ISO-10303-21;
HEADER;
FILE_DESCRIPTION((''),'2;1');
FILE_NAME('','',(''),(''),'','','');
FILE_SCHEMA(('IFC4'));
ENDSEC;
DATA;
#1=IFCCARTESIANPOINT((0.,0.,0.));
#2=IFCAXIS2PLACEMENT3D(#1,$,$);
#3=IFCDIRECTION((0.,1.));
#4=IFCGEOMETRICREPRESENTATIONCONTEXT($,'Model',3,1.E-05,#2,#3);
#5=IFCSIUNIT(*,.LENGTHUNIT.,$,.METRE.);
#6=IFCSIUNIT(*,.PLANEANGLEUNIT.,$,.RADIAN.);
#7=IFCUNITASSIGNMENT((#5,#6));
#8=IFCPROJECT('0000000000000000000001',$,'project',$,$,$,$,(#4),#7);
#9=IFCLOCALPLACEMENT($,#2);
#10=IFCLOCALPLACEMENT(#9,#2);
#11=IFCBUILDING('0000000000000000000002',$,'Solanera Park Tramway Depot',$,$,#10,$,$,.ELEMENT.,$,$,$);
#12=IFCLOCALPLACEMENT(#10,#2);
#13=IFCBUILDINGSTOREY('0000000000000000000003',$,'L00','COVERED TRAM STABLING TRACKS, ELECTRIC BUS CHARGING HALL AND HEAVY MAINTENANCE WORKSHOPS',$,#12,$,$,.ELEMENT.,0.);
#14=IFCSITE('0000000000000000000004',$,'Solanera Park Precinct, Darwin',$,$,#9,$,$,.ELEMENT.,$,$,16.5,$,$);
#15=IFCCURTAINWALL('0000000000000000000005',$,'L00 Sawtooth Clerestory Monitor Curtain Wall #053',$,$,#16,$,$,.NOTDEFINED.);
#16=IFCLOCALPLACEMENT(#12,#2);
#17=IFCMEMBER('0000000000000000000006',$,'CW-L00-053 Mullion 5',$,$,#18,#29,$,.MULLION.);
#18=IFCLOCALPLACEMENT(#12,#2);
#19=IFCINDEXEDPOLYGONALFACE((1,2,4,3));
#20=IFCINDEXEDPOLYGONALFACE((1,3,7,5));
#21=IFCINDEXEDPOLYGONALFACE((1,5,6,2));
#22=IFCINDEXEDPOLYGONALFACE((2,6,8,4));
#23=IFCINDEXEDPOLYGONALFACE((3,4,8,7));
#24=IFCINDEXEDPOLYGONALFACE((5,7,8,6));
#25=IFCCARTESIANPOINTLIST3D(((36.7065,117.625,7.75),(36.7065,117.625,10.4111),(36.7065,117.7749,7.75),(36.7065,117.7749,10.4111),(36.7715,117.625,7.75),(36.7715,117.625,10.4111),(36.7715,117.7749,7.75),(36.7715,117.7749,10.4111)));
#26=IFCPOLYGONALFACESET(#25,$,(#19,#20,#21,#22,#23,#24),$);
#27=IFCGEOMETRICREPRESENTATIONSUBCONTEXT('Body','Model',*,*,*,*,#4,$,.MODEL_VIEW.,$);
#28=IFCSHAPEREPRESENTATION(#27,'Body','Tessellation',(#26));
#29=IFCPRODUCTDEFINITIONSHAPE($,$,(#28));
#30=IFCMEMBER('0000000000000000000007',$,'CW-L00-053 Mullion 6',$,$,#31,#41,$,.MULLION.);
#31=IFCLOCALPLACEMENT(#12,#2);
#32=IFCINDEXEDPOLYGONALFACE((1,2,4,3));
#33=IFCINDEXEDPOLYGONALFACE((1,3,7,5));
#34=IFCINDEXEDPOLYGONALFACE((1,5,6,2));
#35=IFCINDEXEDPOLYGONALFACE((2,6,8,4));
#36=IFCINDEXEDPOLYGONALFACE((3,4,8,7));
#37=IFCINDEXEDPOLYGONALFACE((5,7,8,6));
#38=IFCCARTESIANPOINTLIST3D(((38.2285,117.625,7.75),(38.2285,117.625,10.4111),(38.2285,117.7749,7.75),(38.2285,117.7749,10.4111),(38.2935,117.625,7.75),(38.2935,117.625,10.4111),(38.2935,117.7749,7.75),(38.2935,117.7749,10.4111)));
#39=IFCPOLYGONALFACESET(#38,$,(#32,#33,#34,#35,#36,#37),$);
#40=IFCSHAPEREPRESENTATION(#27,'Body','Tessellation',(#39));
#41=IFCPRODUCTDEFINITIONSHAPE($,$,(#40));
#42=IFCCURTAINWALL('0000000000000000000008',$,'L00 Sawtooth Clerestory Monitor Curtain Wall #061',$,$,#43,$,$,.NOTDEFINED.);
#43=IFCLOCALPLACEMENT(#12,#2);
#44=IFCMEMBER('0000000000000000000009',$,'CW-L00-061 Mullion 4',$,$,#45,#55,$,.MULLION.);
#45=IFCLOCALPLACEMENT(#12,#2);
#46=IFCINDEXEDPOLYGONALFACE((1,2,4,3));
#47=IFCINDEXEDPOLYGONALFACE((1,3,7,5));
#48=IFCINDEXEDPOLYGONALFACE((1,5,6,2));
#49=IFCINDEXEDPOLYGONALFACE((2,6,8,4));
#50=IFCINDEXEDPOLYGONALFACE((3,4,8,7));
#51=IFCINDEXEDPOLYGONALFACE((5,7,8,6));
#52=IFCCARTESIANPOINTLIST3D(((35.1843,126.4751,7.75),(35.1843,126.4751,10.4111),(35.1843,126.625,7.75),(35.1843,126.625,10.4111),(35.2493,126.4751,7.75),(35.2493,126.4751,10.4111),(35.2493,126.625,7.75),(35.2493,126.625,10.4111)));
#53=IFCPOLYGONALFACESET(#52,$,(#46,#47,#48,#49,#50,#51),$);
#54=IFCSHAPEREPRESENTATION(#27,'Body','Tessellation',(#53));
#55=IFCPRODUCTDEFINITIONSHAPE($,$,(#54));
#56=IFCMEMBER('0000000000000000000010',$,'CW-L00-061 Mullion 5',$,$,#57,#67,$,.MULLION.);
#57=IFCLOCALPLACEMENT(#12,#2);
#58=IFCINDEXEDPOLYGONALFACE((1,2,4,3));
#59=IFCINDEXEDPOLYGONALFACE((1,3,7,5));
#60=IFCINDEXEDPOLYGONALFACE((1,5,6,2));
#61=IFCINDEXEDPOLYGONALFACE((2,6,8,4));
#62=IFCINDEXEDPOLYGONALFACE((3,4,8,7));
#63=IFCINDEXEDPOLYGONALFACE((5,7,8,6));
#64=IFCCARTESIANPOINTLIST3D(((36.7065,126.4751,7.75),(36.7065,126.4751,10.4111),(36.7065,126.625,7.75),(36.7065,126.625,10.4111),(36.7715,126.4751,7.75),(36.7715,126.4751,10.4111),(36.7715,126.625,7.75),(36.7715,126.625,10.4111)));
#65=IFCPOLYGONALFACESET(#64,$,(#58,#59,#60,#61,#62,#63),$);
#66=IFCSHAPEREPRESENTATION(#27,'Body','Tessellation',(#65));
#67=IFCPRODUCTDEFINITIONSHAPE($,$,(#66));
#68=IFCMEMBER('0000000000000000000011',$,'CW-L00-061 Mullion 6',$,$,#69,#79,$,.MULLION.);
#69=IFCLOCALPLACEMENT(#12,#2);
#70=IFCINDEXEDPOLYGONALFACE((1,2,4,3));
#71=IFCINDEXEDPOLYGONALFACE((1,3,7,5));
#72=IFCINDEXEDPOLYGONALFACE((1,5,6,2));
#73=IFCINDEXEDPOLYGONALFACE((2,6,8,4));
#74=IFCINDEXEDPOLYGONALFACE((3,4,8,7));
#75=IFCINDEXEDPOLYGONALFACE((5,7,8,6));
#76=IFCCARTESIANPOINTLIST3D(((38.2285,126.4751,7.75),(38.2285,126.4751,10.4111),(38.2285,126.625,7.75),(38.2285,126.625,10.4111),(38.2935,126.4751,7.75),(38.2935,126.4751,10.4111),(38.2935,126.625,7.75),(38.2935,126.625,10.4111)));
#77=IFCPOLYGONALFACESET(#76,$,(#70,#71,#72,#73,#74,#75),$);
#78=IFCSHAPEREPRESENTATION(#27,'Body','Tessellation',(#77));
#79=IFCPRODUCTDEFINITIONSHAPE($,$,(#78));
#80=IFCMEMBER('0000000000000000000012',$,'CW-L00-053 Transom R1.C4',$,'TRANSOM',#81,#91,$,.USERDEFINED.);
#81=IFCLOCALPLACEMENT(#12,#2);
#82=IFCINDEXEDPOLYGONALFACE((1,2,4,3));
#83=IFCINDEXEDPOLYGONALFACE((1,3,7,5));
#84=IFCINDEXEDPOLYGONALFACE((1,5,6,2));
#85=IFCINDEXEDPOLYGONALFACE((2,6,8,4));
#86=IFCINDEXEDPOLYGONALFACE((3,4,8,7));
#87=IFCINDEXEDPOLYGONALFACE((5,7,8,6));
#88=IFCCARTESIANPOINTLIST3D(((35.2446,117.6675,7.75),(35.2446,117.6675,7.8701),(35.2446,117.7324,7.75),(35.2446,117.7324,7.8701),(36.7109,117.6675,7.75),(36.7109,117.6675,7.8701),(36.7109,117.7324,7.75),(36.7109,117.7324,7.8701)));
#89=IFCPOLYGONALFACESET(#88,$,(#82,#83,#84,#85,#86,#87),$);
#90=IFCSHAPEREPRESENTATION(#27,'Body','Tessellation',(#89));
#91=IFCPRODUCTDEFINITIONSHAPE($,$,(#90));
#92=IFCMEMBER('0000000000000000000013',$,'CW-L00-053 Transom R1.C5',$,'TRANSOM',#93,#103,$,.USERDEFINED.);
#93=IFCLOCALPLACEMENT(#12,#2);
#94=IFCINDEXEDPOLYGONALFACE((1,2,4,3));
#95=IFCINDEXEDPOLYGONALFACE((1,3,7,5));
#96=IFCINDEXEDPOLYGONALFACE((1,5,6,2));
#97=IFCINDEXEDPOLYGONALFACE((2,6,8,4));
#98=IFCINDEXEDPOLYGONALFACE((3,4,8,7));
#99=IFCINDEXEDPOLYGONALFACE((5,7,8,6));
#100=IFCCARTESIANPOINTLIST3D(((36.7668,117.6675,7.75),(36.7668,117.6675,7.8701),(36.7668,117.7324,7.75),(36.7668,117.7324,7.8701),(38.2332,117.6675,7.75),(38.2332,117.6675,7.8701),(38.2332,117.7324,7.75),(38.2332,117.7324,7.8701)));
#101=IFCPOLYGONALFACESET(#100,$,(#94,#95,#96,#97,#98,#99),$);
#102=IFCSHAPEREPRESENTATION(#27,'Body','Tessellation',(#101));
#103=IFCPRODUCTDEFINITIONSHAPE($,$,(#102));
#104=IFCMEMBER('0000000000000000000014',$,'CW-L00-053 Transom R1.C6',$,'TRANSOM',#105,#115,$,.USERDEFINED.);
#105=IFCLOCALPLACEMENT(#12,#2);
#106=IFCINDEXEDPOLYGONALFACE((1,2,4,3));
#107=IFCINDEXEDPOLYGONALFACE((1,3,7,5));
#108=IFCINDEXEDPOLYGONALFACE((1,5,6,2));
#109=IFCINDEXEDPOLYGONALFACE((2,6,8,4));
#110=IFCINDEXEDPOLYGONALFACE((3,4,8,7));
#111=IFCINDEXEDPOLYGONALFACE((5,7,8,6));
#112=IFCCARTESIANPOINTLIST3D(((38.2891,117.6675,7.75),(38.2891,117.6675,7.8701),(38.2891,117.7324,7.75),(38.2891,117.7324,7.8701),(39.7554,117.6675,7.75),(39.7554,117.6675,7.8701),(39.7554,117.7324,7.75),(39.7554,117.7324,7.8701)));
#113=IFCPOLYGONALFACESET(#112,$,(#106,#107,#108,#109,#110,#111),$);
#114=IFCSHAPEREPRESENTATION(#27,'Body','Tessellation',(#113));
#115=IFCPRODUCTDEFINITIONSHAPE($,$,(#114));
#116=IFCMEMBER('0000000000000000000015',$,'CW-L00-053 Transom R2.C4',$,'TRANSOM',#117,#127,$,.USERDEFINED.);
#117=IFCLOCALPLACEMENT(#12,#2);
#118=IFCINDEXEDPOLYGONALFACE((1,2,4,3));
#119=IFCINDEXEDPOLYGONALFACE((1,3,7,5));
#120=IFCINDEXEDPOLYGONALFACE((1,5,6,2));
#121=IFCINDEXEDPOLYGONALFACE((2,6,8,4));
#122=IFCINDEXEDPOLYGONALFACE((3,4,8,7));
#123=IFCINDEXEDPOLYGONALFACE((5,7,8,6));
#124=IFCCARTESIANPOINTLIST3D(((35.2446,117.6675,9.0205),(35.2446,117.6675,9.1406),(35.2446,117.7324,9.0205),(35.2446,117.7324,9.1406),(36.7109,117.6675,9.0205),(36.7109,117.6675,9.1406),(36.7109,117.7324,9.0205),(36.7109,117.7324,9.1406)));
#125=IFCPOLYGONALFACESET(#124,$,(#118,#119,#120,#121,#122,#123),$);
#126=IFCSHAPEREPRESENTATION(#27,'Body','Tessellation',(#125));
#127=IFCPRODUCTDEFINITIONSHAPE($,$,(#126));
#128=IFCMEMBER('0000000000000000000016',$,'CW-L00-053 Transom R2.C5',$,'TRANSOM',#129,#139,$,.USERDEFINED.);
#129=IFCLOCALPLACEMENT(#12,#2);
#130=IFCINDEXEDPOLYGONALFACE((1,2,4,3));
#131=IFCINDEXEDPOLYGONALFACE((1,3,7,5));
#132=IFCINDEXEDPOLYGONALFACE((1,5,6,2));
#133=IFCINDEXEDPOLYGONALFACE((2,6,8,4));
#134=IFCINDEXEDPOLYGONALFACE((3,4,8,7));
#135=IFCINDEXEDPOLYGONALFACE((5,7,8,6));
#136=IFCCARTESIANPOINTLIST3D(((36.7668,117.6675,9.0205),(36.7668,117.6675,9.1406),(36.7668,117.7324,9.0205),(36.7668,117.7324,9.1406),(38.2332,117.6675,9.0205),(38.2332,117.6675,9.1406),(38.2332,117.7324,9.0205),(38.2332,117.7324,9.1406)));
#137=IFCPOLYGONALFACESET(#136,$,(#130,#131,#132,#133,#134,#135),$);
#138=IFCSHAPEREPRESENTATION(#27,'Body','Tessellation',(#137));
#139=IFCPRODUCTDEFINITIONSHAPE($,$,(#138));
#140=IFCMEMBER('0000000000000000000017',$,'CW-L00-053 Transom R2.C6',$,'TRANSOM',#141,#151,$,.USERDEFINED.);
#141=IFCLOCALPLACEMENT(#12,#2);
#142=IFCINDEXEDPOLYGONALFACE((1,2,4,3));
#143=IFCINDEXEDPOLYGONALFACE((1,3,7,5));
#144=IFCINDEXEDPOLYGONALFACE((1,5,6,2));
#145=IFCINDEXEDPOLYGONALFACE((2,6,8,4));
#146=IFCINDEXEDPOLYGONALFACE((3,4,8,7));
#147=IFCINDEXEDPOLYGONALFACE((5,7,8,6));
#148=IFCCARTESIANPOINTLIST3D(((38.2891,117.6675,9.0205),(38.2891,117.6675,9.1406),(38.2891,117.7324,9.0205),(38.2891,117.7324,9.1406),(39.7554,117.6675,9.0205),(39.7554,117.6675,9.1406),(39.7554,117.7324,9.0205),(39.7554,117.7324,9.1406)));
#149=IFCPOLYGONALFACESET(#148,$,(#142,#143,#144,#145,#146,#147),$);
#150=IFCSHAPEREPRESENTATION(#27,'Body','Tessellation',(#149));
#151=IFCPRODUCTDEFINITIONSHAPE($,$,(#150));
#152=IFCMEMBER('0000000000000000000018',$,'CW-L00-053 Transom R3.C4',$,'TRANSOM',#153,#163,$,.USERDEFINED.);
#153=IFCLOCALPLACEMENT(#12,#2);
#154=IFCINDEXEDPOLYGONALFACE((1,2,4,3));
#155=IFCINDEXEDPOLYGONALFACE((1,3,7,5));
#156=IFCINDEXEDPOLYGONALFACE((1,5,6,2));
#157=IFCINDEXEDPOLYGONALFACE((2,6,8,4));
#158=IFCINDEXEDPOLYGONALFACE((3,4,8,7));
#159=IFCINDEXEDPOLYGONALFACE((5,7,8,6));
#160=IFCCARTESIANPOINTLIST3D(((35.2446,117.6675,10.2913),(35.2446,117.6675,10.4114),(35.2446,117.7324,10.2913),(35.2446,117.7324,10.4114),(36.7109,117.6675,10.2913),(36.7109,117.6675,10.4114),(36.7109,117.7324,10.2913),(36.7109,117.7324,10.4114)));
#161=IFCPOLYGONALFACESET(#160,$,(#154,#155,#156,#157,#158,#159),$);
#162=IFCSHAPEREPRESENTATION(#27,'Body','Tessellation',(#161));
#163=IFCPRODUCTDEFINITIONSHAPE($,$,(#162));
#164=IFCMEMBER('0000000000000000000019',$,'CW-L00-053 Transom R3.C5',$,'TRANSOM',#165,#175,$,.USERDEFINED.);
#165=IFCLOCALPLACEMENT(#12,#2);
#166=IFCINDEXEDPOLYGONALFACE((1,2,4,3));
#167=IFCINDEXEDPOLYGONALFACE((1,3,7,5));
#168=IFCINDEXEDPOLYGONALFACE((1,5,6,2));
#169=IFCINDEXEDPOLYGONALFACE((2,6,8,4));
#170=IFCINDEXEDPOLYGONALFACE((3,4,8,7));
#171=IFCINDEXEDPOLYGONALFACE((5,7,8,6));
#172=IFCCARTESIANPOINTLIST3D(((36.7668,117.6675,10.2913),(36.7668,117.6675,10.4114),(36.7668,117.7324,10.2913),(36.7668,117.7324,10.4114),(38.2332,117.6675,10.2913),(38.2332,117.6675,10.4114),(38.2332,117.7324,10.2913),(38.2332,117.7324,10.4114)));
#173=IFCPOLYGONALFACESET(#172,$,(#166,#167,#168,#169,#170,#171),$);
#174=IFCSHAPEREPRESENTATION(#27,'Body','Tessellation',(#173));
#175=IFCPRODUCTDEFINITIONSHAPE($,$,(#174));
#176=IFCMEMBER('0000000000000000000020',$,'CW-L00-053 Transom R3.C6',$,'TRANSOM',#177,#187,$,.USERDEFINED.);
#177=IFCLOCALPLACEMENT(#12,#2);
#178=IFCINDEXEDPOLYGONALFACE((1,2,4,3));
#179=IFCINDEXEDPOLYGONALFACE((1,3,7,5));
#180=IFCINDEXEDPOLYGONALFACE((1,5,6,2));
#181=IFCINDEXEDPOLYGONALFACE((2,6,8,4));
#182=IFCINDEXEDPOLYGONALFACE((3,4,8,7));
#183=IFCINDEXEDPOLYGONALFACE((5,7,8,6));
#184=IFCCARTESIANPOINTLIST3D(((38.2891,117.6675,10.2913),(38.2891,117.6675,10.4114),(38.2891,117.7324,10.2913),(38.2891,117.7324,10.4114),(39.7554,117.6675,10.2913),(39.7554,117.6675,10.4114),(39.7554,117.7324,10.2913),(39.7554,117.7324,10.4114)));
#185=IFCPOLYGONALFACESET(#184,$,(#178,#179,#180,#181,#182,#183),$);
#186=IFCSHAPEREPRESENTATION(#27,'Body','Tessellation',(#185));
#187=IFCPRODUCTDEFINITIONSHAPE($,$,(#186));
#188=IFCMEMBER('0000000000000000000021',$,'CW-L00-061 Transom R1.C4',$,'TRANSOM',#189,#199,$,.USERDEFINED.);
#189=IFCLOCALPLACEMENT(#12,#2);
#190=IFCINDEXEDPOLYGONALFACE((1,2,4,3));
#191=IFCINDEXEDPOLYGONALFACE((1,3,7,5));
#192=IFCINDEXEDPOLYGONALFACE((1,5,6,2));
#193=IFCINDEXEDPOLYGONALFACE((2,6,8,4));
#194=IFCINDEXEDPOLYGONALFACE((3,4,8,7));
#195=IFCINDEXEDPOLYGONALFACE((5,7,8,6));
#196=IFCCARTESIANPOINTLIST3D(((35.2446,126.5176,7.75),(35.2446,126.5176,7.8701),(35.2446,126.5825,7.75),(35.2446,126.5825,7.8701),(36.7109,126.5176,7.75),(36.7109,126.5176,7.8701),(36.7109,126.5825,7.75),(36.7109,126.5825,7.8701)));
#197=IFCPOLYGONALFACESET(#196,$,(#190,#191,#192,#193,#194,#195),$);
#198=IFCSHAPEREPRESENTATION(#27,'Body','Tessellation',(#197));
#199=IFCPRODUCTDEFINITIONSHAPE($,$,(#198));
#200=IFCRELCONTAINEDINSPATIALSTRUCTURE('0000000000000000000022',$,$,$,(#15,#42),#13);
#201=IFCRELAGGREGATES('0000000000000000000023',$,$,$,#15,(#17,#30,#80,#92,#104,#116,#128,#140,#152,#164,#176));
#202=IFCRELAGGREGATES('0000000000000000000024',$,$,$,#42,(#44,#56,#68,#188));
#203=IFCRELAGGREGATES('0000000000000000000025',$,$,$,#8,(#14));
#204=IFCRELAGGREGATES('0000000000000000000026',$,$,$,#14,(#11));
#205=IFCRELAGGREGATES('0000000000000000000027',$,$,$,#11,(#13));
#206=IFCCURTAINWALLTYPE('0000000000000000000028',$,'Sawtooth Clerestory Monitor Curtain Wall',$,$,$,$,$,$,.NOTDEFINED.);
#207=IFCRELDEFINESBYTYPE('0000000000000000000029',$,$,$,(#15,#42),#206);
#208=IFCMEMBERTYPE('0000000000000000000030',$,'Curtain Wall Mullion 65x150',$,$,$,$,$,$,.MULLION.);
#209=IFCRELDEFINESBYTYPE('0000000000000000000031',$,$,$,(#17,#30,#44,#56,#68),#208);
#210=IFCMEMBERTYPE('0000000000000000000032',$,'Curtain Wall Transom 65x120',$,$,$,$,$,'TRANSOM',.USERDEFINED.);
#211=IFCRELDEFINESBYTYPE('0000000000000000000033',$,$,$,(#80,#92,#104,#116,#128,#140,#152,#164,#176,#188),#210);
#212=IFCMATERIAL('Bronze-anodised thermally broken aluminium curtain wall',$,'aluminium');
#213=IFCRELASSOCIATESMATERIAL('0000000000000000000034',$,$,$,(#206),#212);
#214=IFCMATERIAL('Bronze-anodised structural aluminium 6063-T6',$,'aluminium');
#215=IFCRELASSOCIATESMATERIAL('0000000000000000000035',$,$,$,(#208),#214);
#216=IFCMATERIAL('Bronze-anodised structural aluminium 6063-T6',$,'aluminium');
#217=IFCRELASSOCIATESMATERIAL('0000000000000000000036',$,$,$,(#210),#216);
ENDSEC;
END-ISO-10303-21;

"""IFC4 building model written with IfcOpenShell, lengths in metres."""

from ifc_helpers import new_model, si_unit, direction, frame, origin, origin_2d, place, context, subcontext, project, spatial, rectangle, extrude, material, material_profile, profile_set, type_object, element, aggregate, save


model = new_model("IFC4")

# Units and contexts
model_context = context("Model", 3, precision=1e-05, world=origin(), true_north=direction((0.0, 1.0)))
body_context = subcontext(model_context, "Body", "Model", "MODEL_VIEW")
ifc_project = project(units=[si_unit("LENGTHUNIT", "METRE"), si_unit("PLANEANGLEUNIT", "RADIAN")], contexts=[model_context])

# Site, building, storey
site_placement = place(None, origin())
site = spatial("IfcSite", under=ifc_project, at=site_placement, Name="Solanera Park Precinct, Darwin", CompositionType="ELEMENT", RefElevation=16.5)
building_placement = place(site_placement, origin())
building = spatial("IfcBuilding", under=site, at=building_placement, Name="Solanera Park Tramway Depot", CompositionType="ELEMENT")
storey_placement = place(building_placement, origin())
storey = spatial("IfcBuildingStorey", under=building, at=storey_placement, Name="L00", Description="COVERED TRAM STABLING TRACKS, ELECTRIC BUS CHARGING HALL AND HEAVY MAINTENANCE WORKSHOPS", CompositionType="ELEMENT", Elevation=0.0)

# Curtain walls, members
ifc_material_1 = material(Name="Bronze-anodised thermally broken aluminium curtain wall", Category="aluminium")
curtain_wall_type = type_object("IfcCurtainWallType", Name="Sawtooth Clerestory Monitor Curtain Wall", PredefinedType="NOTDEFINED", material=ifc_material_1)
curtain_wall_1_placement = place(storey_placement, origin())
curtain_wall_1 = element("IfcCurtainWall", 1, at=curtain_wall_1_placement, inside=storey, type_object=curtain_wall_type, Name="L00 Sawtooth Clerestory Monitor Curtain Wall #053", PredefinedType="NOTDEFINED")
ifc_material_2 = material(Name="Bronze-anodised structural aluminium 6063-T6", Category="aluminium")
ifc_material_profile_1 = material_profile(ifc_material_2, rectangle(XDim=0.0649, YDim=0.1499, at=origin_2d()), Name="Curtain Wall Mullion 65x150")
ifc_profile_set_1 = profile_set([ifc_material_profile_1], Name="Bronze-anodised structural aluminium 6063-T6")
member_type_1 = type_object("IfcMemberType", Name="Curtain Wall Mullion 65x150", PredefinedType="MULLION", material=ifc_profile_set_1)
member_1_placement = place(storey_placement, frame((36.739, 117.7, 7.75), z_axis=(0.0, 0.0, 1.0), x_axis=(1.0, 0.0, 0.0)))
member_1 = element("IfcMember", 2, at=member_1_placement, type_object=member_type_1, Name="CW-L00-053 Mullion 5", PredefinedType="MULLION", context=body_context, shape_type="SweptSolid", body=[
    extrude(rectangle(XDim=0.0649, YDim=0.1499, at=origin_2d()), origin(), (0.0, 0.0, 1.0), 2.6611),
])
member_2_placement = place(storey_placement, frame((38.261, 117.7, 7.75), z_axis=(0.0, 0.0, 1.0), x_axis=(1.0, 0.0, 0.0)))
member_2 = element("IfcMember", 3, at=member_2_placement, type_object=member_type_1, Name="CW-L00-053 Mullion 6", PredefinedType="MULLION", context=body_context, shape_type="SweptSolid", body=[
    extrude(rectangle(XDim=0.0649, YDim=0.1499, at=origin_2d()), origin(), (0.0, 0.0, 1.0), 2.6611),
])
curtain_wall_2_placement = place(storey_placement, origin())
curtain_wall_2 = element("IfcCurtainWall", 4, at=curtain_wall_2_placement, inside=storey, type_object=curtain_wall_type, Name="L00 Sawtooth Clerestory Monitor Curtain Wall #061", PredefinedType="NOTDEFINED")
member_3_placement = place(storey_placement, frame((35.2168, 126.55, 7.75), z_axis=(0.0, 0.0, 1.0), x_axis=(1.0, 0.0, 0.0)))
member_3 = element("IfcMember", 5, at=member_3_placement, type_object=member_type_1, Name="CW-L00-061 Mullion 4", PredefinedType="MULLION", context=body_context, shape_type="SweptSolid", body=[
    extrude(rectangle(XDim=0.0649, YDim=0.1499, at=origin_2d()), origin(), (0.0, 0.0, 1.0), 2.6611),
])
member_4_placement = place(storey_placement, frame((36.739, 126.55, 7.75), z_axis=(0.0, 0.0, 1.0), x_axis=(1.0, 0.0, 0.0)))
member_4 = element("IfcMember", 6, at=member_4_placement, type_object=member_type_1, Name="CW-L00-061 Mullion 5", PredefinedType="MULLION", context=body_context, shape_type="SweptSolid", body=[
    extrude(rectangle(XDim=0.0649, YDim=0.1499, at=origin_2d()), origin(), (0.0, 0.0, 1.0), 2.6611),
])
member_5_placement = place(storey_placement, frame((38.261, 126.55, 7.75), z_axis=(0.0, 0.0, 1.0), x_axis=(1.0, 0.0, 0.0)))
member_5 = element("IfcMember", 7, at=member_5_placement, type_object=member_type_1, Name="CW-L00-061 Mullion 6", PredefinedType="MULLION", context=body_context, shape_type="SweptSolid", body=[
    extrude(rectangle(XDim=0.0649, YDim=0.1499, at=origin_2d()), origin(), (0.0, 0.0, 1.0), 2.6611),
])

# Members
ifc_material_3 = material(Name="Bronze-anodised structural aluminium 6063-T6", Category="aluminium")
ifc_material_profile_2 = material_profile(ifc_material_3, rectangle(XDim=0.0649, YDim=0.1201, at=origin_2d()), Name="Curtain Wall Transom 65x120")
ifc_profile_set_2 = profile_set([ifc_material_profile_2], Name="Bronze-anodised structural aluminium 6063-T6")
member_type_2 = type_object("IfcMemberType", Name="Curtain Wall Transom 65x120", ElementType="TRANSOM", PredefinedType="USERDEFINED", material=ifc_profile_set_2)
member_6_placement = place(storey_placement, frame((35.2446, 117.7, 7.8101), z_axis=(1.0, 0.0, 0.0), x_axis=(0.0, 1.0, 0.0)))
member_6 = element("IfcMember", 8, at=member_6_placement, type_object=member_type_2, Name="CW-L00-053 Transom R1.C4", ObjectType="TRANSOM", PredefinedType="USERDEFINED", context=body_context, shape_type="SweptSolid", body=[
    extrude(rectangle(XDim=0.0649, YDim=0.1201, at=origin_2d()), origin(), (0.0, 0.0, 1.0), 1.4663),
])
member_7_placement = place(storey_placement, frame((36.7668, 117.7, 7.8101), z_axis=(1.0, 0.0, 0.0), x_axis=(0.0, 1.0, 0.0)))
member_7 = element("IfcMember", 9, at=member_7_placement, type_object=member_type_2, Name="CW-L00-053 Transom R1.C5", ObjectType="TRANSOM", PredefinedType="USERDEFINED", context=body_context, shape_type="SweptSolid", body=[
    extrude(rectangle(XDim=0.0649, YDim=0.1201, at=origin_2d()), origin(), (0.0, 0.0, 1.0), 1.4663),
])
member_8_placement = place(storey_placement, frame((38.2891, 117.7, 7.8101), z_axis=(1.0, 0.0, 0.0), x_axis=(0.0, 1.0, 0.0)))
member_8 = element("IfcMember", 10, at=member_8_placement, type_object=member_type_2, Name="CW-L00-053 Transom R1.C6", ObjectType="TRANSOM", PredefinedType="USERDEFINED", context=body_context, shape_type="SweptSolid", body=[
    extrude(rectangle(XDim=0.0649, YDim=0.1201, at=origin_2d()), origin(), (0.0, 0.0, 1.0), 1.4663),
])
member_9_placement = place(storey_placement, frame((35.2446, 117.7, 9.0806), z_axis=(1.0, 0.0, 0.0), x_axis=(0.0, 1.0, 0.0)))
member_9 = element("IfcMember", 11, at=member_9_placement, type_object=member_type_2, Name="CW-L00-053 Transom R2.C4", ObjectType="TRANSOM", PredefinedType="USERDEFINED", context=body_context, shape_type="SweptSolid", body=[
    extrude(rectangle(XDim=0.0649, YDim=0.1201, at=origin_2d()), origin(), (0.0, 0.0, 1.0), 1.4663),
])
member_10_placement = place(storey_placement, frame((36.7668, 117.7, 9.0806), z_axis=(1.0, 0.0, 0.0), x_axis=(0.0, 1.0, 0.0)))
member_10 = element("IfcMember", 12, at=member_10_placement, type_object=member_type_2, Name="CW-L00-053 Transom R2.C5", ObjectType="TRANSOM", PredefinedType="USERDEFINED", context=body_context, shape_type="SweptSolid", body=[
    extrude(rectangle(XDim=0.0649, YDim=0.1201, at=origin_2d()), origin(), (0.0, 0.0, 1.0), 1.4663),
])
member_11_placement = place(storey_placement, frame((38.2891, 117.7, 9.0806), z_axis=(1.0, 0.0, 0.0), x_axis=(0.0, 1.0, 0.0)))
member_11 = element("IfcMember", 13, at=member_11_placement, type_object=member_type_2, Name="CW-L00-053 Transom R2.C6", ObjectType="TRANSOM", PredefinedType="USERDEFINED", context=body_context, shape_type="SweptSolid", body=[
    extrude(rectangle(XDim=0.0649, YDim=0.1201, at=origin_2d()), origin(), (0.0, 0.0, 1.0), 1.4663),
])
member_12_placement = place(storey_placement, frame((35.2446, 117.7, 10.3513), z_axis=(1.0, 0.0, 0.0), x_axis=(0.0, 1.0, 0.0)))
member_12 = element("IfcMember", 14, at=member_12_placement, type_object=member_type_2, Name="CW-L00-053 Transom R3.C4", ObjectType="TRANSOM", PredefinedType="USERDEFINED", context=body_context, shape_type="SweptSolid", body=[
    extrude(rectangle(XDim=0.0649, YDim=0.1201, at=origin_2d()), origin(), (0.0, 0.0, 1.0), 1.4663),
])
member_13_placement = place(storey_placement, frame((36.7668, 117.7, 10.3513), z_axis=(1.0, 0.0, 0.0), x_axis=(0.0, 1.0, 0.0)))
member_13 = element("IfcMember", 15, at=member_13_placement, type_object=member_type_2, Name="CW-L00-053 Transom R3.C5", ObjectType="TRANSOM", PredefinedType="USERDEFINED", context=body_context, shape_type="SweptSolid", body=[
    extrude(rectangle(XDim=0.0649, YDim=0.1201, at=origin_2d()), origin(), (0.0, 0.0, 1.0), 1.4663),
])
member_14_placement = place(storey_placement, frame((38.2891, 117.7, 10.3513), z_axis=(1.0, 0.0, 0.0), x_axis=(0.0, 1.0, 0.0)))
member_14 = element("IfcMember", 16, at=member_14_placement, type_object=member_type_2, Name="CW-L00-053 Transom R3.C6", ObjectType="TRANSOM", PredefinedType="USERDEFINED", context=body_context, shape_type="SweptSolid", body=[
    extrude(rectangle(XDim=0.0649, YDim=0.1201, at=origin_2d()), origin(), (0.0, 0.0, 1.0), 1.4663),
])
member_15_placement = place(storey_placement, frame((35.2446, 126.55, 7.8101), z_axis=(1.0, 0.0, 0.0), x_axis=(0.0, 1.0, 0.0)))
member_15 = element("IfcMember", 17, at=member_15_placement, type_object=member_type_2, Name="CW-L00-061 Transom R1.C4", ObjectType="TRANSOM", PredefinedType="USERDEFINED", context=body_context, shape_type="SweptSolid", body=[
    extrude(rectangle(XDim=0.0649, YDim=0.1201, at=origin_2d()), origin(), (0.0, 0.0, 1.0), 1.4663),
])

aggregate(curtain_wall_1, [member_1, member_2, member_6, member_7, member_8, member_9, member_10, member_11, member_12, member_13, member_14])
aggregate(curtain_wall_2, [member_3, member_4, member_5, member_15])

save(model, "model.ifc")
